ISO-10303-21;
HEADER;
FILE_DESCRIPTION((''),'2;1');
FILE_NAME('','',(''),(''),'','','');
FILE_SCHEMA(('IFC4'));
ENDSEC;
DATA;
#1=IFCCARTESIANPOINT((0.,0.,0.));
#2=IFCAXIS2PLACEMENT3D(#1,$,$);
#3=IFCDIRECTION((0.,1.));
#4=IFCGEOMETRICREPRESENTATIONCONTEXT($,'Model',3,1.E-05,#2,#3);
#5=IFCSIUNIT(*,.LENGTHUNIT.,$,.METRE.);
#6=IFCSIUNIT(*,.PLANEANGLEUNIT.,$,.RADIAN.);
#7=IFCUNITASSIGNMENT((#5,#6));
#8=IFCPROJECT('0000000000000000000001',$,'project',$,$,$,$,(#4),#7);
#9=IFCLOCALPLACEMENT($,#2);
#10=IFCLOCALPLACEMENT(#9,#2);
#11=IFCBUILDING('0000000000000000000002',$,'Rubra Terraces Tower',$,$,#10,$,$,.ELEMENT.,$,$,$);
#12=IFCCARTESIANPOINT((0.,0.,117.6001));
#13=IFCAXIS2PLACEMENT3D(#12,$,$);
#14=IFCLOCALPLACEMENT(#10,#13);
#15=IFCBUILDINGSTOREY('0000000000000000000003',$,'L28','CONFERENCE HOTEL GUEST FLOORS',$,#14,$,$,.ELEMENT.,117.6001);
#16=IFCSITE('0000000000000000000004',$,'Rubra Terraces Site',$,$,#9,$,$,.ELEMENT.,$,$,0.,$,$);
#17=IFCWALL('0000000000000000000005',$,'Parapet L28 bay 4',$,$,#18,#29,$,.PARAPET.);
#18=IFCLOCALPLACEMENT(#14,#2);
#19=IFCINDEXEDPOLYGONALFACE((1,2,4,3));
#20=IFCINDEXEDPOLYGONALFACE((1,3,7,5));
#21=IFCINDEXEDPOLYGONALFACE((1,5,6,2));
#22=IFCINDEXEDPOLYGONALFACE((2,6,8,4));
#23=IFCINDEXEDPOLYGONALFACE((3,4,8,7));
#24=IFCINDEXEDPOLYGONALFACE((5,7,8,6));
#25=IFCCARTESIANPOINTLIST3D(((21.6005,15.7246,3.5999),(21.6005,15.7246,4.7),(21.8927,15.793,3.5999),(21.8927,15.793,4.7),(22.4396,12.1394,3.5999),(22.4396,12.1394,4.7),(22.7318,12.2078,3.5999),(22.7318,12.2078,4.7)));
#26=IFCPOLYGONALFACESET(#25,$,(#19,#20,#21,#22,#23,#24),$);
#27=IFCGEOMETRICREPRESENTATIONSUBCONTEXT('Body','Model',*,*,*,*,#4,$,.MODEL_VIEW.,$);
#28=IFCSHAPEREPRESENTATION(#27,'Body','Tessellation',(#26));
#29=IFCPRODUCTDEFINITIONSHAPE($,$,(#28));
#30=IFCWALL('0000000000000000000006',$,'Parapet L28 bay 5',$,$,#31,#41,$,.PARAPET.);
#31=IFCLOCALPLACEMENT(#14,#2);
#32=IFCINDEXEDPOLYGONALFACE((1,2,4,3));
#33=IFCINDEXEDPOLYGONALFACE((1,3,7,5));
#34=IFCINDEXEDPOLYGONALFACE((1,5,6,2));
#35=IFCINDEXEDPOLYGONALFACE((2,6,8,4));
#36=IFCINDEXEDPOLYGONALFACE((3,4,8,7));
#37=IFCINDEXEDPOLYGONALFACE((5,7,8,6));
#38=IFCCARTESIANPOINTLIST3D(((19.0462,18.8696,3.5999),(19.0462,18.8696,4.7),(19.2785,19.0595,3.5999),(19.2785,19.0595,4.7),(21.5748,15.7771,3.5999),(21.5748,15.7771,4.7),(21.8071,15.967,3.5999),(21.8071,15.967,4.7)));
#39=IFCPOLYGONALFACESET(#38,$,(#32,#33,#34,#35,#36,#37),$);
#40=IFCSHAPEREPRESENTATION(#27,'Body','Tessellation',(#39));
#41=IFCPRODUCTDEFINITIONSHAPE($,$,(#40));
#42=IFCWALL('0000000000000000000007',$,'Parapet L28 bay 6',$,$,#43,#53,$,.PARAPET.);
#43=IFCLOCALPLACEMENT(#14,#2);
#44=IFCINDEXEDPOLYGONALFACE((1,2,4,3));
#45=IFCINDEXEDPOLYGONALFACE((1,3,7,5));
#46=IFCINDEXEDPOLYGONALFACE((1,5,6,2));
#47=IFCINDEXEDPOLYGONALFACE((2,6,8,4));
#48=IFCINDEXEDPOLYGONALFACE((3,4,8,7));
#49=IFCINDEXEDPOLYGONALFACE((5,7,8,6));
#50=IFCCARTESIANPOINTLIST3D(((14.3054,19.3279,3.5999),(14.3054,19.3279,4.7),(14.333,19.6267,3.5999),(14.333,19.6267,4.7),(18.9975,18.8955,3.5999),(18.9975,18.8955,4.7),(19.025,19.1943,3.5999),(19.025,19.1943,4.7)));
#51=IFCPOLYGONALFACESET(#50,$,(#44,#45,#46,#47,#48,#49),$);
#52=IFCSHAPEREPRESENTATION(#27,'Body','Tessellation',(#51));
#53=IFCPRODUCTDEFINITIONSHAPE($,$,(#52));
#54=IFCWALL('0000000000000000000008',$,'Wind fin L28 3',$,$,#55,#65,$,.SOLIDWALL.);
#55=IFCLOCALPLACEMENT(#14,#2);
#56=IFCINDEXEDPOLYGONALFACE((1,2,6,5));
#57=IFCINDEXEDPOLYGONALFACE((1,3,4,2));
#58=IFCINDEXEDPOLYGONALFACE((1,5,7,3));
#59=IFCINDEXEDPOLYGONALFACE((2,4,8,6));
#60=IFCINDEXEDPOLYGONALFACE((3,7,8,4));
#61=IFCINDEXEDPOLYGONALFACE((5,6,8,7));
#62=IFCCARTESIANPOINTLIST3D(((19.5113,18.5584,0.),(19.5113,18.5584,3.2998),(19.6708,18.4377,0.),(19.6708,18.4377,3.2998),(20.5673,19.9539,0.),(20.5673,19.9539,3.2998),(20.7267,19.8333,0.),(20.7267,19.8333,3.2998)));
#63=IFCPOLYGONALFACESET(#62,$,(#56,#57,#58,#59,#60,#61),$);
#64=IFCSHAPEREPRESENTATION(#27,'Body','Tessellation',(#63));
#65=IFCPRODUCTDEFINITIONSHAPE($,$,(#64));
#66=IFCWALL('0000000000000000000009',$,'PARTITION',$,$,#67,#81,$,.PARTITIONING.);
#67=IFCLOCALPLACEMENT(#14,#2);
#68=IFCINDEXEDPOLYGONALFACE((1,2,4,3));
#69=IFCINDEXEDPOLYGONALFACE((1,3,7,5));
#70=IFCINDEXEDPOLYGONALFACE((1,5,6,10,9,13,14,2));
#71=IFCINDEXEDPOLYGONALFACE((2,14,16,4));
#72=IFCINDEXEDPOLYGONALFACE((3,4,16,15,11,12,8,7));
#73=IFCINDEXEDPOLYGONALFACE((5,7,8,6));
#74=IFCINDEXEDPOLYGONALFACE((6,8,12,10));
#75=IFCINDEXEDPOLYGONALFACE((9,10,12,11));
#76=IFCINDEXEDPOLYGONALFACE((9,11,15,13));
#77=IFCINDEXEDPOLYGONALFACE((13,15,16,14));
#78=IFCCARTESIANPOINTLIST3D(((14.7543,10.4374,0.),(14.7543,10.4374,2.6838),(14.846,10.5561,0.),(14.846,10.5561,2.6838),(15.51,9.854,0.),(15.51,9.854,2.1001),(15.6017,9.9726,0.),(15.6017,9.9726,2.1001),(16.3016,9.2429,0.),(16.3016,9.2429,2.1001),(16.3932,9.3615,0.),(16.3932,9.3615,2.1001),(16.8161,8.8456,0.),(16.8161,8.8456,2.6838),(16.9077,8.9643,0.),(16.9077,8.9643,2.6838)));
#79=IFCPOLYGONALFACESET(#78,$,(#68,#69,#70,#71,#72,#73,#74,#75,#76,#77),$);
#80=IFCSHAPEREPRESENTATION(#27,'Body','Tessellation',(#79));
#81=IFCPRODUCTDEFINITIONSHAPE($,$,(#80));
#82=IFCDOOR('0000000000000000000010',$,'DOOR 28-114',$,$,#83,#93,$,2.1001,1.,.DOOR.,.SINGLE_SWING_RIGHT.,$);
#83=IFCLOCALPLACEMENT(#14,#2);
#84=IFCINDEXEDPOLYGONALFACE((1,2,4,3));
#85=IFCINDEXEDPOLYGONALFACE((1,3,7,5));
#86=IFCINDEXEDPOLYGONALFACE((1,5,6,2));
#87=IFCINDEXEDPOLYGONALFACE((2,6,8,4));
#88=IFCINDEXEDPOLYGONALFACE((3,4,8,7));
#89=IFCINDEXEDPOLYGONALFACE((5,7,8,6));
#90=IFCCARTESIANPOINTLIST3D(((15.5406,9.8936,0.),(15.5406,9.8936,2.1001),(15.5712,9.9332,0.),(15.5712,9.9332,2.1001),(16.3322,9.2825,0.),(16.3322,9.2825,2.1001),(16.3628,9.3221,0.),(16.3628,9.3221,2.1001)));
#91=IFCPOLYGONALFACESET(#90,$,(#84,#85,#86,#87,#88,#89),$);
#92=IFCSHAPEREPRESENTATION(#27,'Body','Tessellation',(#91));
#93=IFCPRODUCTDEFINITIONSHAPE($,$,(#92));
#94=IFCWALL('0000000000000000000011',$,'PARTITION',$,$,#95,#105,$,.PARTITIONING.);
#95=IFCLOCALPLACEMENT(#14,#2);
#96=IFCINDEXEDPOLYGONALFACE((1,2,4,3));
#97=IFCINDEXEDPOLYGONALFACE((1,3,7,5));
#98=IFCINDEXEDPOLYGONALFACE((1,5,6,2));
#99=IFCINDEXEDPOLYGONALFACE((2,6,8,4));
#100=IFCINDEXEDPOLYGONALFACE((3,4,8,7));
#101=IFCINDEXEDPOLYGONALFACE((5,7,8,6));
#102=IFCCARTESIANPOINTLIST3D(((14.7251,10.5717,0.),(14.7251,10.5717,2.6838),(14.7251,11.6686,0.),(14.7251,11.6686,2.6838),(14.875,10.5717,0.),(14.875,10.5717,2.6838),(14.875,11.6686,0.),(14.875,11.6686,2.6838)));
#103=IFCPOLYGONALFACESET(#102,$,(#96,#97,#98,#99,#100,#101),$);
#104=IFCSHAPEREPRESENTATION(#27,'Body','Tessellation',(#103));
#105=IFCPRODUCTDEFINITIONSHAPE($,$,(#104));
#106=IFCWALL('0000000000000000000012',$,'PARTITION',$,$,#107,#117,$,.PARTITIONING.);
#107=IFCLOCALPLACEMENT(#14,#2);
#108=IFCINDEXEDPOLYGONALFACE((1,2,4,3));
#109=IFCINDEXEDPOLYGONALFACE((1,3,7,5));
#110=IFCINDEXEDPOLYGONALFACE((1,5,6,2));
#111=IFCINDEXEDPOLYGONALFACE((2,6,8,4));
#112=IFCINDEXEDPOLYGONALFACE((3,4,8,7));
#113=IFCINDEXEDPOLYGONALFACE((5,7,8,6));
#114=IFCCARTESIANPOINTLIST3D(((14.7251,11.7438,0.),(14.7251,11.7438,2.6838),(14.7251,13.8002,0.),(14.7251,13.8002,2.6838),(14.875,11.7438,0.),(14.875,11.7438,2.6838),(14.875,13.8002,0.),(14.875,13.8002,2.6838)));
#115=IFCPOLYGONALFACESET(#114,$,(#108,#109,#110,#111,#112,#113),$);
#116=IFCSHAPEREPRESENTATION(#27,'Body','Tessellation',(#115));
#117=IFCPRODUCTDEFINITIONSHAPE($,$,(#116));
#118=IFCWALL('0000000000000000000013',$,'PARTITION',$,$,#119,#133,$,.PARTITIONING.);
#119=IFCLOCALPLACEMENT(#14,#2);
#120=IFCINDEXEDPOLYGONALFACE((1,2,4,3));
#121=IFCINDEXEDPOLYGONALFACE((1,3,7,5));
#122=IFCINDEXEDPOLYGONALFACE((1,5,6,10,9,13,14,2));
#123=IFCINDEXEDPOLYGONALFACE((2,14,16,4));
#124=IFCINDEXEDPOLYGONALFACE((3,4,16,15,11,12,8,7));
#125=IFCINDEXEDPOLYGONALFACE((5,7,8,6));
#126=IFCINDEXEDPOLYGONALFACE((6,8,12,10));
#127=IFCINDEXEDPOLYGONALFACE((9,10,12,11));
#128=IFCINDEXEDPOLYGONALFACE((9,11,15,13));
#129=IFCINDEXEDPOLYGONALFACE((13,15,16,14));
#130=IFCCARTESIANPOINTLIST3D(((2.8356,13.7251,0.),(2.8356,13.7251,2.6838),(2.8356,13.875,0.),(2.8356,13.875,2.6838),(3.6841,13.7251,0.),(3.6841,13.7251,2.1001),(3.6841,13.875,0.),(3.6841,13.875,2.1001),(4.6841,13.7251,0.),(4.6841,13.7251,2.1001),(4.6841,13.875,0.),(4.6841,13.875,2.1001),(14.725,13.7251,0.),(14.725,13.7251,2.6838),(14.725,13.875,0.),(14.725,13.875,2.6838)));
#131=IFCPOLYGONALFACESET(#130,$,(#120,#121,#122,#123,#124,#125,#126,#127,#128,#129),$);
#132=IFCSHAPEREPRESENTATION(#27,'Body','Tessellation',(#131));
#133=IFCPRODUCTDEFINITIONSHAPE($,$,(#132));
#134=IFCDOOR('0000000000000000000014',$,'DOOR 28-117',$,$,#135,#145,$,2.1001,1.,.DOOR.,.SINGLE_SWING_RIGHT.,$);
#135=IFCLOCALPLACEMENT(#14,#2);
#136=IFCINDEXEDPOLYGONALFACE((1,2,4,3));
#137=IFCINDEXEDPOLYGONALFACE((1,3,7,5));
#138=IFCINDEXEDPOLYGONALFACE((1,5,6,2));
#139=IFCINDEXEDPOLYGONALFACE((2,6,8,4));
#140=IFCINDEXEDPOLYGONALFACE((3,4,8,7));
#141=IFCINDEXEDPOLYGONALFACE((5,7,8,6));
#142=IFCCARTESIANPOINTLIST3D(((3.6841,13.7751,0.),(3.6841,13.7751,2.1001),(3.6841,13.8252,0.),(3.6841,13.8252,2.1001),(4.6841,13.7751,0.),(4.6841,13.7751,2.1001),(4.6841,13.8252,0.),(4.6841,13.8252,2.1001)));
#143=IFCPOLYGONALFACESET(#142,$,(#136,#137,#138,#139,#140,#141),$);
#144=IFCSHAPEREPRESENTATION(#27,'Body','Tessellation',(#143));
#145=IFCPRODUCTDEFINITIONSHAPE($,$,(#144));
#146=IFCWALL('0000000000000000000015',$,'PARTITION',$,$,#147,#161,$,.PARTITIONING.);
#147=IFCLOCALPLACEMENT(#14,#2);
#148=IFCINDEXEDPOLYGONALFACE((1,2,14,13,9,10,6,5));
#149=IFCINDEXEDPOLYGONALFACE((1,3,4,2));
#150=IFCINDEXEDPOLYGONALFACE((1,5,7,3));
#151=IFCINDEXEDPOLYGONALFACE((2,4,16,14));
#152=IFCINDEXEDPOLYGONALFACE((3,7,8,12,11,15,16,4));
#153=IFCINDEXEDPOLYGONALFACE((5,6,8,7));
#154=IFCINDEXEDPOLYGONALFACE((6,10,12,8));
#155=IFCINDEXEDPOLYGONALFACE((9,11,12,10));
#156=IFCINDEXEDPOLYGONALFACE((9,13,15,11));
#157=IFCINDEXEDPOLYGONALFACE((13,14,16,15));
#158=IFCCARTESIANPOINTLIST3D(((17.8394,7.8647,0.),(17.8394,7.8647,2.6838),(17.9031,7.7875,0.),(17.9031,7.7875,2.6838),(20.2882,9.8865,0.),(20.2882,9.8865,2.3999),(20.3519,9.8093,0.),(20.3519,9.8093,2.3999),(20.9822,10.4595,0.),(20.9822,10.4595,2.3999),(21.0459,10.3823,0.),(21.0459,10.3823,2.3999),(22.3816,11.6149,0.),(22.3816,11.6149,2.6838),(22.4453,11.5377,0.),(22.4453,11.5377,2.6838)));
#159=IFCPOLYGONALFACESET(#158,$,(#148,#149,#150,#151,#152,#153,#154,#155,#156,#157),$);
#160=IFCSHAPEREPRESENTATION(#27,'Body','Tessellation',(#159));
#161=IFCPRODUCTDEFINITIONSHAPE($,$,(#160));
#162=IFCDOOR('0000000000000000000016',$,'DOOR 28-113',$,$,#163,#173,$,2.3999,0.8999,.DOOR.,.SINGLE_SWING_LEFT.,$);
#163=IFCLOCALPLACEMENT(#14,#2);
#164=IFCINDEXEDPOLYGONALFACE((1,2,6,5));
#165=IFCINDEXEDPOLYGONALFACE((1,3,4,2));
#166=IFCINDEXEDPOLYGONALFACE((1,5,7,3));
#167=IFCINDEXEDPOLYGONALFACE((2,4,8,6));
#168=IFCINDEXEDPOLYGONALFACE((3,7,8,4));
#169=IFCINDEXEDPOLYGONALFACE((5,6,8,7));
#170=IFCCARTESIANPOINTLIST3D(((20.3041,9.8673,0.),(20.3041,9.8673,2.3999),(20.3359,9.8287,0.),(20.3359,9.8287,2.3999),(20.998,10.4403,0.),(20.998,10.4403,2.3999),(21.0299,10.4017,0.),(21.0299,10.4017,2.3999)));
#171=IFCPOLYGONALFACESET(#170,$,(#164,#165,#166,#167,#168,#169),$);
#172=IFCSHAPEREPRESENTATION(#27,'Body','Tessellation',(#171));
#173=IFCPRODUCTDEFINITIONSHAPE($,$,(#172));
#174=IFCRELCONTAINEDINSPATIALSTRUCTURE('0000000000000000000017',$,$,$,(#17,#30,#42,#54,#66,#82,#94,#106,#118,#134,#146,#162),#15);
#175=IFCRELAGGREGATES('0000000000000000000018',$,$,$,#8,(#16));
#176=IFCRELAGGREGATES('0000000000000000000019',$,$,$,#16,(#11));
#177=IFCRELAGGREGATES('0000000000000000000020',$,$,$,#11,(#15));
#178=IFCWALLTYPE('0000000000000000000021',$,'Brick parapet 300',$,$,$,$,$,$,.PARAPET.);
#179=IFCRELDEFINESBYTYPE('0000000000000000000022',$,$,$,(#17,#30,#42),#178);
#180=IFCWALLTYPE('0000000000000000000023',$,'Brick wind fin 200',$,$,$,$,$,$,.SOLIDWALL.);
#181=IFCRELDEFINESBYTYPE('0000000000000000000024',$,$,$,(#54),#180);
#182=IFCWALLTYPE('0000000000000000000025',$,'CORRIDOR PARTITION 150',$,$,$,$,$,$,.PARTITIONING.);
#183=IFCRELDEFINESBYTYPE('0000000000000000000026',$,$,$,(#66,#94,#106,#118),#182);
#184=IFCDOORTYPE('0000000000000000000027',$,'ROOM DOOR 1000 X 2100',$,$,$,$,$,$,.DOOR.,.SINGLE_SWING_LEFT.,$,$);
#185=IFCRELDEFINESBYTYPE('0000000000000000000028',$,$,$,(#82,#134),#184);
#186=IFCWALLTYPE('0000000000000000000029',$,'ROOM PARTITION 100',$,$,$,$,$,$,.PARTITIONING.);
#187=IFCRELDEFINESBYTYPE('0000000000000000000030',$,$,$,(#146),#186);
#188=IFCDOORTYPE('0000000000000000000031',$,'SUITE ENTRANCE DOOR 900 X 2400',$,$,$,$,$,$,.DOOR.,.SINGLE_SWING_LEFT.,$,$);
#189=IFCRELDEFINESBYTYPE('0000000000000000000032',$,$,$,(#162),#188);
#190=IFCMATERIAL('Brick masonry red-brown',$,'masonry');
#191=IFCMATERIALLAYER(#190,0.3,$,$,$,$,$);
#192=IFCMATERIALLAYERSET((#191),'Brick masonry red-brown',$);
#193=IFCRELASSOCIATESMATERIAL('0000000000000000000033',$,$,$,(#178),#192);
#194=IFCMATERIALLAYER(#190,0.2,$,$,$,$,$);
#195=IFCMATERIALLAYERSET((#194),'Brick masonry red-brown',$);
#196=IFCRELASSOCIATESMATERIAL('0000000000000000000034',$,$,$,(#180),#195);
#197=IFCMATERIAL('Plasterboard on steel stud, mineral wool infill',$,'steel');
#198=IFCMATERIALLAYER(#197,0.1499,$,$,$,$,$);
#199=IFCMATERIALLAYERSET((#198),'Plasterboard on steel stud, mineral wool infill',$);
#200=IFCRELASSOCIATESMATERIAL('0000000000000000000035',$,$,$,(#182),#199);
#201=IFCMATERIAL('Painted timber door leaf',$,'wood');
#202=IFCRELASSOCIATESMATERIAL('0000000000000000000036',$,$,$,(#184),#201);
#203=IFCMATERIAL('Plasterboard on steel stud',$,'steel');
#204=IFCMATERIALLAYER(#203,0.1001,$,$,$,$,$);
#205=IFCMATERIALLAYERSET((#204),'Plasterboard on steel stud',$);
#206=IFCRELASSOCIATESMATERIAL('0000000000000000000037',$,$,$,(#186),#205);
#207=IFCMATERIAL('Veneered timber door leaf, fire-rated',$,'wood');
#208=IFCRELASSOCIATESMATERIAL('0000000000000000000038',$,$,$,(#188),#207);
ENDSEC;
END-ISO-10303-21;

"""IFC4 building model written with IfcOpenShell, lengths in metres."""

from ifc_helpers import new_model, si_unit, direction, frame, frame_2d, origin, place, context, subcontext, project, spatial, rectangle, extrude, material, layer, layer_set, type_object, element, fill, save


model = new_model("IFC4")

# Units and contexts
model_context = context("Model", 3, precision=1e-05, world=origin(), true_north=direction((0.0, 1.0)))
body_context = subcontext(model_context, "Body", "Model", "MODEL_VIEW")
ifc_project = project(units=[si_unit("LENGTHUNIT", "METRE"), si_unit("PLANEANGLEUNIT", "RADIAN")], contexts=[model_context])

# Site, building, storey
site_placement = place(None, origin())
site = spatial("IfcSite", under=ifc_project, at=site_placement, Name="Rubra Terraces Site", CompositionType="ELEMENT", RefElevation=0.0)
building_placement = place(site_placement, origin())
building = spatial("IfcBuilding", under=site, at=building_placement, Name="Rubra Terraces Tower", CompositionType="ELEMENT")
storey_placement = place(building_placement, frame((0.0, 0.0, 117.6001)))
storey = spatial("IfcBuildingStorey", under=building, at=storey_placement, Name="L28", Description="CONFERENCE HOTEL GUEST FLOORS", CompositionType="ELEMENT", Elevation=117.6001)

# Shared definitions
ifc_material_1 = material(Name="Brick masonry red-brown", Category="masonry")

# Walls
ifc_layer_1 = layer(ifc_material_1, 0.3)
ifc_layer_set_1 = layer_set([ifc_layer_1], Name="Brick masonry red-brown")
wall_type_1 = type_object("IfcWallType", Name="Brick parapet 300", PredefinedType="PARAPET", material=ifc_layer_set_1)
wall_1_placement = place(storey_placement, frame((22.5857, 12.1736, 3.5999), z_axis=(0.0, 0.0, 1.0), x_axis=(-0.22789, 0.973687, 0.0)))
element("IfcWall", 1, at=wall_1_placement, inside=storey, type_object=wall_type_1, Name="Parapet L28 bay 4", PredefinedType="PARAPET", context=body_context, shape_type="SweptSolid", body=[
    extrude(rectangle(XDim=3.6821, YDim=0.3, at=frame_2d((1.8411, 0.0))), origin(), (0.0, 0.0, 1.0), 1.1001),
])
wall_2_placement = place(storey_placement, frame((21.6909, 15.8721, 3.5999), z_axis=(0.0, 0.0, 1.0), x_axis=(-0.632985, 0.774164, 0.0)))
element("IfcWall", 2, at=wall_2_placement, inside=storey, type_object=wall_type_1, Name="Parapet L28 bay 5", PredefinedType="PARAPET", context=body_context, shape_type="SweptSolid", body=[
    extrude(rectangle(XDim=3.9946, YDim=0.3, at=frame_2d((1.9973, 0.0))), origin(), (0.0, 0.0, 1.0), 1.1001),
])
wall_3_placement = place(storey_placement, frame((19.0112, 19.0449, 3.5999), z_axis=(0.0, 0.0, 1.0), x_axis=(-0.995781, 0.09176, 0.0)))
element("IfcWall", 3, at=wall_3_placement, inside=storey, type_object=wall_type_1, Name="Parapet L28 bay 6", PredefinedType="PARAPET", context=body_context, shape_type="SweptSolid", body=[
    extrude(rectangle(XDim=4.7119, YDim=0.3, at=frame_2d((2.356, 0.0))), origin(), (0.0, 0.0, 1.0), 1.1001),
])
ifc_layer_2 = layer(ifc_material_1, 0.2)
ifc_layer_set_2 = layer_set([ifc_layer_2], Name="Brick masonry red-brown")
wall_type_2 = type_object("IfcWallType", Name="Brick wind fin 200", PredefinedType="SOLIDWALL", material=ifc_layer_set_2)
wall_4_placement = place(storey_placement, frame((19.5911, 18.498, 0.0), z_axis=(0.0, 0.0, 1.0), x_axis=(0.603388, 0.797448, 0.0)))
element("IfcWall", 4, at=wall_4_placement, inside=storey, type_object=wall_type_2, Name="Wind fin L28 3", PredefinedType="SOLIDWALL", context=body_context, shape_type="SweptSolid", body=[
    extrude(rectangle(XDim=1.75, YDim=0.2, at=frame_2d((0.875, 0.0))), origin(), (0.0, 0.0, 1.0), 3.2998),
])

# Wall, opening, door
ifc_material_2 = material(Name="Plasterboard on steel stud, mineral wool infill", Category="steel")
ifc_layer_3 = layer(ifc_material_2, 0.1499)
ifc_layer_set_3 = layer_set([ifc_layer_3], Name="Plasterboard on steel stud, mineral wool infill")
wall_type_3 = type_object("IfcWallType", Name="CORRIDOR PARTITION 150", PredefinedType="PARTITIONING", material=ifc_layer_set_3)
wall_5_placement = place(storey_placement, frame((16.8618, 8.905, 0.0), z_axis=(0.0, 0.0, 1.0), x_axis=(-0.791543, 0.611114, 0.0)))
wall_5 = element("IfcWall", 5, at=wall_5_placement, inside=storey, type_object=wall_type_3, Name="PARTITION", PredefinedType="PARTITIONING", context=body_context, shape_type="SweptSolid", body=[
    extrude(rectangle(XDim=2.6047, YDim=0.1499, at=frame_2d((1.3022, 0.0))), origin(), (0.0, 0.0, 1.0), 2.6838),
])
opening_1_placement = place(wall_5_placement, frame((0.6499, 0.0, 0.0)))
opening_1 = element("IfcOpeningElement", 6, at=opening_1_placement, cuts=wall_5, PredefinedType="OPENING", context=body_context, shape_type="SweptSolid", body=[
    extrude(rectangle(XDim=1.0, YDim=2.1001, at=frame_2d((0.5, 1.05))), frame((0.0, 0.085, 0.0), z_axis=(0.0, -1.0, 0.0), x_axis=(1.0, 0.0, 0.0)), (0.0, 0.0, 1.0), 0.1699),
])
ifc_material_3 = material(Name="Painted timber door leaf", Category="wood")
door_type_1 = type_object("IfcDoorType", Name="ROOM DOOR 1000 X 2100", OperationType="SINGLE_SWING_LEFT", PredefinedType="DOOR", material=ifc_material_3)
door_1_placement = place(opening_1_placement, origin())
door_1 = element("IfcDoor", 7, at=door_1_placement, inside=storey, type_object=door_type_1, Name="DOOR 28-114", OperationType="SINGLE_SWING_RIGHT", OverallHeight=2.1001, OverallWidth=1.0, PredefinedType="DOOR", context=body_context, shape_type="SweptSolid", body=[
    extrude(rectangle(XDim=1.0, YDim=2.1001, at=frame_2d((0.5, 1.05))), frame((0.0, 0.0249, 0.0), z_axis=(0.0, -1.0, 0.0), x_axis=(1.0, 0.0, 0.0)), (0.0, 0.0, 1.0), 0.05),
])
fill(opening_1, door_1)

# Walls
wall_6_placement = place(storey_placement, frame((14.8, 10.5718, 0.0), z_axis=(0.0, 0.0, 1.0), x_axis=(0.0, 1.0, 0.0)))
element("IfcWall", 8, at=wall_6_placement, inside=storey, type_object=wall_type_3, Name="PARTITION", PredefinedType="PARTITIONING", context=body_context, shape_type="SweptSolid", body=[
    extrude(rectangle(XDim=1.0969, YDim=0.1499, at=frame_2d((0.5483, 0.0))), origin(), (0.0, 0.0, 1.0), 2.6838),
])
wall_7_placement = place(storey_placement, frame((14.8, 11.7437, 0.0), z_axis=(0.0, 0.0, 1.0), x_axis=(0.0, 1.0, 0.0)))
element("IfcWall", 9, at=wall_7_placement, inside=storey, type_object=wall_type_3, Name="PARTITION", PredefinedType="PARTITIONING", context=body_context, shape_type="SweptSolid", body=[
    extrude(rectangle(XDim=2.0564, YDim=0.1499, at=frame_2d((1.0283, 0.0))), origin(), (0.0, 0.0, 1.0), 2.6838),
])

# Walls, openings, doors
wall_8_placement = place(storey_placement, frame((14.7251, 13.8, 0.0), z_axis=(0.0, 0.0, 1.0), x_axis=(-1.0, 0.0, 0.0)))
wall_8 = element("IfcWall", 10, at=wall_8_placement, inside=storey, type_object=wall_type_3, Name="PARTITION", PredefinedType="PARTITIONING", context=body_context, shape_type="SweptSolid", body=[
    extrude(rectangle(XDim=11.8894, YDim=0.1499, at=frame_2d((5.9448, 0.0))), origin(), (0.0, 0.0, 1.0), 2.6838),
])
opening_2_placement = place(wall_8_placement, frame((10.041, 0.0, 0.0)))
opening_2 = element("IfcOpeningElement", 11, at=opening_2_placement, cuts=wall_8, PredefinedType="OPENING", context=body_context, shape_type="SweptSolid", body=[
    extrude(rectangle(XDim=1.0, YDim=2.1001, at=frame_2d((0.5, 1.05))), frame((0.0, 0.085, 0.0), z_axis=(0.0, -1.0, 0.0), x_axis=(1.0, 0.0, 0.0)), (0.0, 0.0, 1.0), 0.1699),
])
door_2_placement = place(opening_2_placement, origin())
door_2 = element("IfcDoor", 12, at=door_2_placement, inside=storey, type_object=door_type_1, Name="DOOR 28-117", OperationType="SINGLE_SWING_RIGHT", OverallHeight=2.1001, OverallWidth=1.0, PredefinedType="DOOR", context=body_context, shape_type="SweptSolid", body=[
    extrude(rectangle(XDim=1.0, YDim=2.1001, at=frame_2d((0.5, 1.05))), frame((0.0, 0.0249, 0.0), z_axis=(0.0, -1.0, 0.0), x_axis=(1.0, 0.0, 0.0)), (0.0, 0.0, 1.0), 0.05),
])
fill(opening_2, door_2)
ifc_material_4 = material(Name="Plasterboard on steel stud", Category="steel")
ifc_layer_4 = layer(ifc_material_4, 0.1001)
ifc_layer_set_4 = layer_set([ifc_layer_4], Name="Plasterboard on steel stud")
wall_type_4 = type_object("IfcWallType", Name="ROOM PARTITION 100", PredefinedType="PARTITIONING", material=ifc_layer_set_4)
wall_9_placement = place(storey_placement, frame((22.4136, 11.5764, 0.0), z_axis=(0.0, 0.0, 1.0), x_axis=(-0.771132, -0.636676, 0.0)))
wall_9 = element("IfcWall", 13, at=wall_9_placement, inside=storey, type_object=wall_type_4, Name="PARTITION", PredefinedType="PARTITIONING", context=body_context, shape_type="SweptSolid", body=[
    extrude(rectangle(XDim=5.8904, YDim=0.1001, at=frame_2d((2.9453, 0.0))), origin(), (0.0, 0.0, 1.0), 2.6838),
])
opening_3_placement = place(wall_9_placement, frame((1.8149, 0.0, 0.0)))
opening_3 = element("IfcOpeningElement", 14, at=opening_3_placement, cuts=wall_9, PredefinedType="OPENING", context=body_context, shape_type="SweptSolid", body=[
    extrude(rectangle(XDim=0.8999, YDim=2.3999, at=frame_2d((0.45, 1.2))), frame((0.0, 0.0601, 0.0), z_axis=(0.0, -1.0, 0.0), x_axis=(1.0, 0.0, 0.0)), (0.0, 0.0, 1.0), 0.1201),
])
ifc_material_5 = material(Name="Veneered timber door leaf, fire-rated", Category="wood")
door_type_2 = type_object("IfcDoorType", Name="SUITE ENTRANCE DOOR 900 X 2400", OperationType="SINGLE_SWING_LEFT", PredefinedType="DOOR", material=ifc_material_5)
door_3_placement = place(opening_3_placement, origin())
door_3 = element("IfcDoor", 15, at=door_3_placement, inside=storey, type_object=door_type_2, Name="DOOR 28-113", OperationType="SINGLE_SWING_LEFT", OverallHeight=2.3999, OverallWidth=0.8999, PredefinedType="DOOR", context=body_context, shape_type="SweptSolid", body=[
    extrude(rectangle(XDim=0.8999, YDim=2.3999, at=frame_2d((0.45, 1.2))), frame((0.0, 0.0249, 0.0), z_axis=(0.0, -1.0, 0.0), x_axis=(1.0, 0.0, 0.0)), (0.0, 0.0, 1.0), 0.05),
])
fill(opening_3, door_3)

save(model, "model.ifc")
